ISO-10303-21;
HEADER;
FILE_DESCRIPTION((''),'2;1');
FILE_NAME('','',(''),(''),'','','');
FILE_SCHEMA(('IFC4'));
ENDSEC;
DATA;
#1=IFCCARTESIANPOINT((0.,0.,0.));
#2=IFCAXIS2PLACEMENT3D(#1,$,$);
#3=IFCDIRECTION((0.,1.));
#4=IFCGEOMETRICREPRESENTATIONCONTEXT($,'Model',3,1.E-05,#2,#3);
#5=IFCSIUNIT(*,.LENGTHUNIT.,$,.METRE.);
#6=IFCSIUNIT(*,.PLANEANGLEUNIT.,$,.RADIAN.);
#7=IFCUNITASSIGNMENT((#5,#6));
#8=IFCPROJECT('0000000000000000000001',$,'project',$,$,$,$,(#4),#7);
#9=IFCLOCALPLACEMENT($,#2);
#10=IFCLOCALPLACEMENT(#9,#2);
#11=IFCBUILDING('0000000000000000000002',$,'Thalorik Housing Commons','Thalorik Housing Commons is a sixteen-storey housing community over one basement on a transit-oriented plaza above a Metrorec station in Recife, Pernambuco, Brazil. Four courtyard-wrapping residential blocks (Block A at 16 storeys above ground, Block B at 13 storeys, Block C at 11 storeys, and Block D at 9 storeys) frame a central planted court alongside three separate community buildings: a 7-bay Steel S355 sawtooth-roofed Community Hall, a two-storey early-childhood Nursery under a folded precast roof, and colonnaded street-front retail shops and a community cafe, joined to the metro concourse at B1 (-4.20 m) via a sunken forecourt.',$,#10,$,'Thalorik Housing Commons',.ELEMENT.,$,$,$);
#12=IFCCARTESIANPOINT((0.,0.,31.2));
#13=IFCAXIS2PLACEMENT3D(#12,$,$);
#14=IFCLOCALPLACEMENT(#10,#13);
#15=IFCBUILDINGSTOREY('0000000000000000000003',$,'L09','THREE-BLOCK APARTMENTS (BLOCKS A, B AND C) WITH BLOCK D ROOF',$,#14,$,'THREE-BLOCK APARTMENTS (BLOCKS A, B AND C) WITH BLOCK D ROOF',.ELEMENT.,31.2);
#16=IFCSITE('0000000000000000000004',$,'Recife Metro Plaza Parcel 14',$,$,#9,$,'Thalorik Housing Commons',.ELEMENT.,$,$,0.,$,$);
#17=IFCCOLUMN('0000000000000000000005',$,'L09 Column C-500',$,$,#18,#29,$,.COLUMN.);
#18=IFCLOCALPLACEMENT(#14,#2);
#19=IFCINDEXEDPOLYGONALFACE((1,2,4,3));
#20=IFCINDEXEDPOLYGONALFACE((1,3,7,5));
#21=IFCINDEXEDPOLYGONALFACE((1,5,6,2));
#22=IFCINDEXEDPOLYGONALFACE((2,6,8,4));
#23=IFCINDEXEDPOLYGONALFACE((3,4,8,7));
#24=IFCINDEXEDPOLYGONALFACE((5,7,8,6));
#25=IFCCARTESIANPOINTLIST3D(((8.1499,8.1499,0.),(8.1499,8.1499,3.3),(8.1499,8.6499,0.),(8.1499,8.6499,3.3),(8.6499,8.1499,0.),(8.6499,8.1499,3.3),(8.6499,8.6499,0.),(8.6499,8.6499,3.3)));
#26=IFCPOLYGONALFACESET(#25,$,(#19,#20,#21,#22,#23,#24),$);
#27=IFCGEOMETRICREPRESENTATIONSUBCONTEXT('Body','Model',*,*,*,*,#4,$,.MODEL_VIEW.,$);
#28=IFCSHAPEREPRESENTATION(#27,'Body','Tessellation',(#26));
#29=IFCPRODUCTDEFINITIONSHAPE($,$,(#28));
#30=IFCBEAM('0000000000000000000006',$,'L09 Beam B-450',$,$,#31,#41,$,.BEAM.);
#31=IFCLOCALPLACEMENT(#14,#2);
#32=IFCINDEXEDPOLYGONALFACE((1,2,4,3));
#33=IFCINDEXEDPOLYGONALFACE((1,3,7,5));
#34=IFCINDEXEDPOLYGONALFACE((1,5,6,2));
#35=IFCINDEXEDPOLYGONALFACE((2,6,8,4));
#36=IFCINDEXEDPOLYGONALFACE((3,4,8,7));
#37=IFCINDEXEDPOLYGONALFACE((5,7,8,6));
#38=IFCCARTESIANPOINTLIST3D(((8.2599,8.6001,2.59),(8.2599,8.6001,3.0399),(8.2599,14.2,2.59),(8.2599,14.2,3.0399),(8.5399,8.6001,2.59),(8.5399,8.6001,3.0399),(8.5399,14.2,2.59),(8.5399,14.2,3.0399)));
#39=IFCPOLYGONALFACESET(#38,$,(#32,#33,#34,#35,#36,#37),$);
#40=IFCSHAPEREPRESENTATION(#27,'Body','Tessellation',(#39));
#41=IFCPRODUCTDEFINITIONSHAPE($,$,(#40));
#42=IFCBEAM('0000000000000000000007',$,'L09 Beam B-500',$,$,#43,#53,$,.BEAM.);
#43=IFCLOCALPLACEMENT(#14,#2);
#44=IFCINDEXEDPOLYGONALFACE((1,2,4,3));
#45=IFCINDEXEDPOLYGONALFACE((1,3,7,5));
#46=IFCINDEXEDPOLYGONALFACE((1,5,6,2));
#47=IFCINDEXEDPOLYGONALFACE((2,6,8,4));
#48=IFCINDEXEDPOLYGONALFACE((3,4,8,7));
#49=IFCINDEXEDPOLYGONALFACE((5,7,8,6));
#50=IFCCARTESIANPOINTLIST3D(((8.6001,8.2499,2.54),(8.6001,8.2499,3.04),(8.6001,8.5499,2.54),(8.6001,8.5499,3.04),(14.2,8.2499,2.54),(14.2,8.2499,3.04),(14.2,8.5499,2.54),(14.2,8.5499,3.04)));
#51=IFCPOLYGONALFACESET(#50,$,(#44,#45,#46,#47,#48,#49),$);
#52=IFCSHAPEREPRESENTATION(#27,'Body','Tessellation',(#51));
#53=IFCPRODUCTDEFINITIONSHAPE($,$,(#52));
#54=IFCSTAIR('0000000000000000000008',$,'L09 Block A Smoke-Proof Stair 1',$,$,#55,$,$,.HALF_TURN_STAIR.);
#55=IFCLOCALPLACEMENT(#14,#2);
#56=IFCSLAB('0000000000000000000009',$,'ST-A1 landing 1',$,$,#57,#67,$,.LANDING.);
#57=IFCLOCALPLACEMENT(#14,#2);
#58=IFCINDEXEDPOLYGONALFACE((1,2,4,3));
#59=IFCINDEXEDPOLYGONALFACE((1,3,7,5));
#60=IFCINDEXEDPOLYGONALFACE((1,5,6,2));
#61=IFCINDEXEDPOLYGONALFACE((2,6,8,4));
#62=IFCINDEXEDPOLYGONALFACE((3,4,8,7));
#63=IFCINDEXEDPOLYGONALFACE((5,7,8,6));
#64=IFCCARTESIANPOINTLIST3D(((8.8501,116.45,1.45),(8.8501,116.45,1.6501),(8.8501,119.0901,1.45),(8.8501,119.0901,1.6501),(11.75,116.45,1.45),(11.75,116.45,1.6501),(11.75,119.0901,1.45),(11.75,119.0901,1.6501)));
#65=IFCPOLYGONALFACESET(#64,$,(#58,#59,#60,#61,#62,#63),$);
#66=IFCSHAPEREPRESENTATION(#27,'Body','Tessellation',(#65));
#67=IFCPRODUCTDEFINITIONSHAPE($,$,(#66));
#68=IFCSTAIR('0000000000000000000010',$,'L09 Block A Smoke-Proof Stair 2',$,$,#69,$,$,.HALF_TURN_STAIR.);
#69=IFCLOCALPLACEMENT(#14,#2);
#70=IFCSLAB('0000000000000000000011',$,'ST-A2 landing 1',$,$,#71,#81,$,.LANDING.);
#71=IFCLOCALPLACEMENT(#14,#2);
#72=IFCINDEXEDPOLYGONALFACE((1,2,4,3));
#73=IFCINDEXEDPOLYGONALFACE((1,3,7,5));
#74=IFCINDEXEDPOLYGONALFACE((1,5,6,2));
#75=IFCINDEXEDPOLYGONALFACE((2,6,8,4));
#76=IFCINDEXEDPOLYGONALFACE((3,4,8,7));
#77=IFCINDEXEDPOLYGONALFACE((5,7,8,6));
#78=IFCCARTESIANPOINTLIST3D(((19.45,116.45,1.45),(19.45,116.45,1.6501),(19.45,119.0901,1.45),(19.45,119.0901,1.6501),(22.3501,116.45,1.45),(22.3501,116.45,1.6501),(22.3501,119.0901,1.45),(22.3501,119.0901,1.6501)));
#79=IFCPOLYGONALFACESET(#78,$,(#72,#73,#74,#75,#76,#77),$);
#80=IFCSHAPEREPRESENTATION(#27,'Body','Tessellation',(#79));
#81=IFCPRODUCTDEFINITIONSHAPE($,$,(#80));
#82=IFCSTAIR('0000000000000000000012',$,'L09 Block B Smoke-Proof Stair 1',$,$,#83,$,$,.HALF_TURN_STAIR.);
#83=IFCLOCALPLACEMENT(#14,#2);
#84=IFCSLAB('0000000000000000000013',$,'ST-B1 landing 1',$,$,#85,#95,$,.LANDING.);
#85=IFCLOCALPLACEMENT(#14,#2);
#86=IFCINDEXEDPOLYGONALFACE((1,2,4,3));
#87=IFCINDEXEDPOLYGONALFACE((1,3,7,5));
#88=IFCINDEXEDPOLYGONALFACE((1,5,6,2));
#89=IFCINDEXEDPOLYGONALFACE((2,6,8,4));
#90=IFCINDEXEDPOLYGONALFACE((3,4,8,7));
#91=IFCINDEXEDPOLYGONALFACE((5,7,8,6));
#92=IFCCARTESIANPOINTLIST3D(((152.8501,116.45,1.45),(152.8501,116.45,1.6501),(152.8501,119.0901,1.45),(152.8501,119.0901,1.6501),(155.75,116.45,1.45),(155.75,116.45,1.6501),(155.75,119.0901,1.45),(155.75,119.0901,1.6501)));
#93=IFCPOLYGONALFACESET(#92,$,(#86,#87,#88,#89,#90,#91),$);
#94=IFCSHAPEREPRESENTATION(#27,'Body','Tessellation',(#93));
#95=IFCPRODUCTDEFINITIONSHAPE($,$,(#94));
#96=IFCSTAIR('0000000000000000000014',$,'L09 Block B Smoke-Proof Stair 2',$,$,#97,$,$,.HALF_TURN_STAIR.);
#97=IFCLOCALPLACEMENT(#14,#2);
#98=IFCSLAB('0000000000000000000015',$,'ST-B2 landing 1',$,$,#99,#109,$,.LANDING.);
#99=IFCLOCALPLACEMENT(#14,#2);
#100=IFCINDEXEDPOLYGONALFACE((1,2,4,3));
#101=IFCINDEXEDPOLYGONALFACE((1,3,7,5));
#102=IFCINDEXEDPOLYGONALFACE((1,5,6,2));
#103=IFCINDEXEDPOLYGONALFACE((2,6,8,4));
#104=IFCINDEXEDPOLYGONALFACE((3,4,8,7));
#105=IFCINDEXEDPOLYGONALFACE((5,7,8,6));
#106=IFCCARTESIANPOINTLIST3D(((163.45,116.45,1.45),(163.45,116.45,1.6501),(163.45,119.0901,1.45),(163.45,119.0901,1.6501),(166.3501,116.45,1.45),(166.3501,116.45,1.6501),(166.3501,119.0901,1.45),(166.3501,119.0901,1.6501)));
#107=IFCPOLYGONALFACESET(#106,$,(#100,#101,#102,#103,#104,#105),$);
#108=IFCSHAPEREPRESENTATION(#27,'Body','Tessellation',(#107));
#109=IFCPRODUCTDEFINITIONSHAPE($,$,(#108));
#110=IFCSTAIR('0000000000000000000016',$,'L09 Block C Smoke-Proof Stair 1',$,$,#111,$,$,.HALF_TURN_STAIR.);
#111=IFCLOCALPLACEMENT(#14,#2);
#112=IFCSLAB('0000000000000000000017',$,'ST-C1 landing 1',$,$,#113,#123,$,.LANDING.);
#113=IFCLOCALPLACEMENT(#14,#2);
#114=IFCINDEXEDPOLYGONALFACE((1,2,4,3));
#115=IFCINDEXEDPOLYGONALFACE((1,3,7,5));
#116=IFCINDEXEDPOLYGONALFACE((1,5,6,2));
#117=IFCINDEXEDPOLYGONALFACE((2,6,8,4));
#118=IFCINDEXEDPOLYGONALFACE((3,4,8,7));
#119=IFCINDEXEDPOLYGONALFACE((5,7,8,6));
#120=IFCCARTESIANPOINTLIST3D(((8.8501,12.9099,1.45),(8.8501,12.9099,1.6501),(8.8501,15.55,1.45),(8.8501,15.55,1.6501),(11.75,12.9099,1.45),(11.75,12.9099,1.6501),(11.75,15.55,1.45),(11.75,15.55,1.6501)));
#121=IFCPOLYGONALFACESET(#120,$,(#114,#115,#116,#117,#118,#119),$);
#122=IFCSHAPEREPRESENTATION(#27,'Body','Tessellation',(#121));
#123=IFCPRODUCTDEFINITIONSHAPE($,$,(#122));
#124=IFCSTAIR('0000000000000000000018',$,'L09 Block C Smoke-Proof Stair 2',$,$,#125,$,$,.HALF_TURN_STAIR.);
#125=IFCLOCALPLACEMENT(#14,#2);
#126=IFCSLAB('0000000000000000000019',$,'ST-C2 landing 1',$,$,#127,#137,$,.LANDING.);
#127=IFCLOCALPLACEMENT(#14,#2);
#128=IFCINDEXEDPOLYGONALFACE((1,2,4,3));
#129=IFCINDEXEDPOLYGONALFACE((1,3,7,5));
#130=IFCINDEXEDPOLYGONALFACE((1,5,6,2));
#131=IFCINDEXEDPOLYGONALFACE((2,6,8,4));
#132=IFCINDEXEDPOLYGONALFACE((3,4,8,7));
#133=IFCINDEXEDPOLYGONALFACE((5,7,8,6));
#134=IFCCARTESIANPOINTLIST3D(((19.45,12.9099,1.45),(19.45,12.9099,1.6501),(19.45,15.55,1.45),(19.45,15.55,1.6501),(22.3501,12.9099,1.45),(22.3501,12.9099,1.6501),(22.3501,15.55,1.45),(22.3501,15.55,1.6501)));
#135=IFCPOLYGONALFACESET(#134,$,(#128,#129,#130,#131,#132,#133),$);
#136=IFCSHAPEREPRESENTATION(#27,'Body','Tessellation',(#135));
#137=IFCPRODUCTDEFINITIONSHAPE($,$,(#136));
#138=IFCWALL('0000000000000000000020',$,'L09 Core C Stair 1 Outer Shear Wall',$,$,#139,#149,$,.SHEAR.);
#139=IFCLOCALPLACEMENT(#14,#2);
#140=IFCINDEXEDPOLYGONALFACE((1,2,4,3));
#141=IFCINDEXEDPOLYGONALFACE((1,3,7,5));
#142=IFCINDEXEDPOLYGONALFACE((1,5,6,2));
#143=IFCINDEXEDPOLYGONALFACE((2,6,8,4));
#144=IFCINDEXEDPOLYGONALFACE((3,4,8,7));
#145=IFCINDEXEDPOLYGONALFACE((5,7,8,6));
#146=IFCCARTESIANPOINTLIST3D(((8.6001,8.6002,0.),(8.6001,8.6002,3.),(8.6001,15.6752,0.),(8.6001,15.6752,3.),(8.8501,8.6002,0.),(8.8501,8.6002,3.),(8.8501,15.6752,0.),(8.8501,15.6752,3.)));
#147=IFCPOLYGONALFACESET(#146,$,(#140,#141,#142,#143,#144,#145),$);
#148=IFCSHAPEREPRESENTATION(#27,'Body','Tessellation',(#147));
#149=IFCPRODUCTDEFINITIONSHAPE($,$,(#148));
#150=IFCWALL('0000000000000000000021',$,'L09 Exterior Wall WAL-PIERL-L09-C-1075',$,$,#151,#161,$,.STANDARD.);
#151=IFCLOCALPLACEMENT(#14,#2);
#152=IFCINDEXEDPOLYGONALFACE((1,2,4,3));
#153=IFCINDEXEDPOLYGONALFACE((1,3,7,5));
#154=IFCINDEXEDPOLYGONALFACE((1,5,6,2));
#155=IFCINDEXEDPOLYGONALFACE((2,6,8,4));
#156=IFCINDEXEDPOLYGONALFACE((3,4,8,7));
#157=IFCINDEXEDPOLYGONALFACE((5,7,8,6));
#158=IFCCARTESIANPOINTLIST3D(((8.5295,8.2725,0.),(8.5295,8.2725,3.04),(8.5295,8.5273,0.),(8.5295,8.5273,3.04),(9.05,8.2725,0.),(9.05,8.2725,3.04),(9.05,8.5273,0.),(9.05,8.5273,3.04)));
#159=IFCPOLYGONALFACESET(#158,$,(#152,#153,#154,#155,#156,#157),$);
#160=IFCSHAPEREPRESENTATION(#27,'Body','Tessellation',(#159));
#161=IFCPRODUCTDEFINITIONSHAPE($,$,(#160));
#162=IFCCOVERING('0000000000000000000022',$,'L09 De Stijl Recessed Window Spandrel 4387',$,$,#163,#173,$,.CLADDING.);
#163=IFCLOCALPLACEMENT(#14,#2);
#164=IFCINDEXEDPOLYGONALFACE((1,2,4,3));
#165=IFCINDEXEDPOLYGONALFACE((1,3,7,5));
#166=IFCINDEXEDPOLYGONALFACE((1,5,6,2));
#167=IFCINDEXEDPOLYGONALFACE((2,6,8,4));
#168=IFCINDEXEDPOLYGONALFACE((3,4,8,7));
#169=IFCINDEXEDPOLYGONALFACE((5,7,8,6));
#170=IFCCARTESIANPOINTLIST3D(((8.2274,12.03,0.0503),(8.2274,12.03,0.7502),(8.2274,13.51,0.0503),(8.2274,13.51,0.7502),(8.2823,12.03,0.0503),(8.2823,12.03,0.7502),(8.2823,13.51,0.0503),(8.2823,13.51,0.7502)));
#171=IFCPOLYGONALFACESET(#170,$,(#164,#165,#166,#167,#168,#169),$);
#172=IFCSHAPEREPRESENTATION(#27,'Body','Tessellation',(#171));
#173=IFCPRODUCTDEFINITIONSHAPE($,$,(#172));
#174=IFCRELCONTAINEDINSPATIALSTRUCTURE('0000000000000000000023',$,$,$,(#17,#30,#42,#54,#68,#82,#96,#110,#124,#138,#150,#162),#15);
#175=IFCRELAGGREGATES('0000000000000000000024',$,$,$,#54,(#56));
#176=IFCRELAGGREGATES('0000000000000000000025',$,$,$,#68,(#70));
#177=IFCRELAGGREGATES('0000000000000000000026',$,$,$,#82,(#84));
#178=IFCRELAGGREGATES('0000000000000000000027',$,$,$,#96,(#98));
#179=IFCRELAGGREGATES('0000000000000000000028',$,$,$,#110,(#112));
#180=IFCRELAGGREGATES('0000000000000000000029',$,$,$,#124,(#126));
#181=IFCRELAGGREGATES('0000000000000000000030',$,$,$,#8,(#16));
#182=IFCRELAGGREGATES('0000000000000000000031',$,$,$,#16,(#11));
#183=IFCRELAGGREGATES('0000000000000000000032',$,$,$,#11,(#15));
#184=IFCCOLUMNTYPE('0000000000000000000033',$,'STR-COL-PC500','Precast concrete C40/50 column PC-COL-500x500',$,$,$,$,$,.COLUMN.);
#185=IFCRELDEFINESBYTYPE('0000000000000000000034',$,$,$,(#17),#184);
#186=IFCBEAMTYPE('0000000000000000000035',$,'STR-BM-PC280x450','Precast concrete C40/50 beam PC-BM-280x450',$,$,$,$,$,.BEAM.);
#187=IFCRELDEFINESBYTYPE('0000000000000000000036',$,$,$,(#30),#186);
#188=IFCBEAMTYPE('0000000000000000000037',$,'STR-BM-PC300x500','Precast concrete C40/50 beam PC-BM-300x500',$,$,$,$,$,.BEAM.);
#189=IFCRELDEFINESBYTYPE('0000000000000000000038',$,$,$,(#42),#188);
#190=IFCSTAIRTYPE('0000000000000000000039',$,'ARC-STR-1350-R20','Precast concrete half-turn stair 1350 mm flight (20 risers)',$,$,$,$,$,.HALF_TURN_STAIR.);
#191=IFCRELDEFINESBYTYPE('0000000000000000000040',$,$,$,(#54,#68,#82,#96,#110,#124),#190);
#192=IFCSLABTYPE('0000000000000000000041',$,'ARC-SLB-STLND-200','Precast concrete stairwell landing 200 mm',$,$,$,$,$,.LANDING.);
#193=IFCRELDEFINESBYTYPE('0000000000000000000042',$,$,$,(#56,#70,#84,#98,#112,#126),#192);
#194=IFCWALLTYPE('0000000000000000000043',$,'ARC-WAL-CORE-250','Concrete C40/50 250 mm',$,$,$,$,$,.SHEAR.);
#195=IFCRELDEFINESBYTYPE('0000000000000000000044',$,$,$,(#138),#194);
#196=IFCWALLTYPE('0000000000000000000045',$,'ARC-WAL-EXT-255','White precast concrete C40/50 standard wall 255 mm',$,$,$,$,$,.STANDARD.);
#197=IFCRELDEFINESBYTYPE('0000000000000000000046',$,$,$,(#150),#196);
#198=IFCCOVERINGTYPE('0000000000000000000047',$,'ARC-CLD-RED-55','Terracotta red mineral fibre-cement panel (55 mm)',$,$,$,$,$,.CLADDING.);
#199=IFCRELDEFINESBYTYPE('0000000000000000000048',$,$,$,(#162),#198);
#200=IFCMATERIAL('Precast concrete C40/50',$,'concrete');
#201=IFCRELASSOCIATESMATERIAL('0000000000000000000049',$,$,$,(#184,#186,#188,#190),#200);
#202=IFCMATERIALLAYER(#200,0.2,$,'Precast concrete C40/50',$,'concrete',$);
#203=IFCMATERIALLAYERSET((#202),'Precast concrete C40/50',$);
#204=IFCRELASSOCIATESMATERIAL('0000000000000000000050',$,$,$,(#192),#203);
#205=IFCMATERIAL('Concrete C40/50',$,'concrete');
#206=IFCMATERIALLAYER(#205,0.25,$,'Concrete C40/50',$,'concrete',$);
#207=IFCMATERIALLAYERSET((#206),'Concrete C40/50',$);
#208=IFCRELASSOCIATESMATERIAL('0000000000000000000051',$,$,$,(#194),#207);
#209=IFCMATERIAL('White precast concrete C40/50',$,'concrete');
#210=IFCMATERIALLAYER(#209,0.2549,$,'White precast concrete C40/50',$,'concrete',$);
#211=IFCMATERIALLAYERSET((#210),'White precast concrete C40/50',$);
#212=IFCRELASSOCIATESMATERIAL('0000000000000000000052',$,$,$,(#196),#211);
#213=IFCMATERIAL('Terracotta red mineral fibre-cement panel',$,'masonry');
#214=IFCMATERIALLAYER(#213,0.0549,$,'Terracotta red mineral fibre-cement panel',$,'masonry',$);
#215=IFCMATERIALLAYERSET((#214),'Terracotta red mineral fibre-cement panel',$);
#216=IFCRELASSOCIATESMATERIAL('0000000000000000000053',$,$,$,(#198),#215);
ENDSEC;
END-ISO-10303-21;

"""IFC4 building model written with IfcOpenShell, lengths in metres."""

from ifc_helpers import new_model, si_unit, direction, frame, frame_2d, origin, origin_2d, place, context, subcontext, project, spatial, polyline, rectangle, outline, extrude, material, layer, layer_set, material_profile, profile_set, type_object, element, aggregate, save


model = new_model("IFC4")

# Units and contexts
model_context = context("Model", 3, precision=1e-05, world=origin(), true_north=direction((0.0, 1.0)))
body_context = subcontext(model_context, "Body", "Model", "MODEL_VIEW")
ifc_project = project(units=[si_unit("LENGTHUNIT", "METRE"), si_unit("PLANEANGLEUNIT", "RADIAN")], contexts=[model_context])

# Site, building, storey
site_placement = place(None, origin())
site = spatial("IfcSite", under=ifc_project, at=site_placement, Name="Recife Metro Plaza Parcel 14", LongName="Thalorik Housing Commons", CompositionType="ELEMENT", RefElevation=0.0)
building_placement = place(site_placement, origin())
building = spatial("IfcBuilding", under=site, at=building_placement, Name="Thalorik Housing Commons", Description="Thalorik Housing Commons is a sixteen-storey housing community over one basement on a transit-oriented plaza above a Metrorec station in Recife, Pernambuco, Brazil. Four courtyard-wrapping residential blocks (Block A at 16 storeys above ground, Block B at 13 storeys, Block C at 11 storeys, and Block D at 9 storeys) frame a central planted court alongside three separate community buildings: a 7-bay Steel S355 sawtooth-roofed Community Hall, a two-storey early-childhood Nursery under a folded precast roof, and colonnaded street-front retail shops and a community cafe, joined to the metro concourse at B1 (-4.20 m) via a sunken forecourt.", LongName="Thalorik Housing Commons", CompositionType="ELEMENT")
storey_placement = place(building_placement, frame((0.0, 0.0, 31.2)))
storey = spatial("IfcBuildingStorey", under=building, at=storey_placement, Name="L09", Description="THREE-BLOCK APARTMENTS (BLOCKS A, B AND C) WITH BLOCK D ROOF", LongName="THREE-BLOCK APARTMENTS (BLOCKS A, B AND C) WITH BLOCK D ROOF", CompositionType="ELEMENT", Elevation=31.2)

# Column
ifc_material_1 = material(Name="Precast concrete C40/50", Category="concrete")
ifc_material_profile_1 = material_profile(ifc_material_1, rectangle(XDim=0.5, YDim=0.5, at=origin_2d()), Name="PC 500x500", Category="concrete")
ifc_profile_set_1 = profile_set([ifc_material_profile_1], Name="Precast concrete C40/50")
column_type = type_object("IfcColumnType", Name="STR-COL-PC500", Description="Precast concrete C40/50 column PC-COL-500x500", PredefinedType="COLUMN", material=ifc_profile_set_1)
column_placement = place(storey_placement, frame((8.3999, 8.3999, 0.0), z_axis=(0.0, 0.0, 1.0), x_axis=(1.0, 0.0, 0.0)))
element("IfcColumn", 1, at=column_placement, inside=storey, type_object=column_type, Name="L09 Column C-500", PredefinedType="COLUMN", context=body_context, shape_type="SweptSolid", body=[
    extrude(rectangle(XDim=0.5, YDim=0.5, at=origin_2d()), origin(), (0.0, 0.0, 1.0), 3.3),
])

# Beams
ifc_material_profile_2 = material_profile(ifc_material_1, rectangle(XDim=0.28, YDim=0.45, at=origin_2d()), Name="PC 280x450", Category="concrete")
ifc_profile_set_2 = profile_set([ifc_material_profile_2], Name="Precast concrete C40/50")
beam_type_1 = type_object("IfcBeamType", Name="STR-BM-PC280x450", Description="Precast concrete C40/50 beam PC-BM-280x450", PredefinedType="BEAM", material=ifc_profile_set_2)
beam_1_placement = place(storey_placement, frame((8.3999, 8.6001, 2.8149), z_axis=(0.0, 1.0, 0.0), x_axis=(-1.0, 0.0, 0.0)))
element("IfcBeam", 2, at=beam_1_placement, inside=storey, type_object=beam_type_1, Name="L09 Beam B-450", PredefinedType="BEAM", context=body_context, shape_type="SweptSolid", body=[
    extrude(rectangle(XDim=0.28, YDim=0.45, at=origin_2d()), origin(), (0.0, 0.0, 1.0), 5.5999),
])
ifc_material_profile_3 = material_profile(ifc_material_1, rectangle(XDim=0.3, YDim=0.5, at=origin_2d()), Name="PC 300x500", Category="concrete")
ifc_profile_set_3 = profile_set([ifc_material_profile_3], Name="Precast concrete C40/50")
beam_type_2 = type_object("IfcBeamType", Name="STR-BM-PC300x500", Description="Precast concrete C40/50 beam PC-BM-300x500", PredefinedType="BEAM", material=ifc_profile_set_3)
beam_2_placement = place(storey_placement, frame((8.6001, 8.3999, 2.79), z_axis=(1.0, 0.0, 0.0), x_axis=(0.0, 1.0, 0.0)))
element("IfcBeam", 3, at=beam_2_placement, inside=storey, type_object=beam_type_2, Name="L09 Beam B-500", PredefinedType="BEAM", context=body_context, shape_type="SweptSolid", body=[
    extrude(rectangle(XDim=0.3, YDim=0.5, at=origin_2d()), origin(), (0.0, 0.0, 1.0), 5.5999),
])

# Stairs, slabs
stair_type = type_object("IfcStairType", Name="ARC-STR-1350-R20", Description="Precast concrete half-turn stair 1350 mm flight (20 risers)", PredefinedType="HALF_TURN_STAIR", material=ifc_material_1)
stair_1_placement = place(storey_placement, origin())
stair_1 = element("IfcStair", 4, at=stair_1_placement, inside=storey, type_object=stair_type, Name="L09 Block A Smoke-Proof Stair 1", PredefinedType="HALF_TURN_STAIR")
ifc_layer_1 = layer(ifc_material_1, 0.2, Name="Precast concrete C40/50", Category="concrete")
ifc_layer_set_1 = layer_set([ifc_layer_1], Name="Precast concrete C40/50")
slab_type = type_object("IfcSlabType", Name="ARC-SLB-STLND-200", Description="Precast concrete stairwell landing 200 mm", PredefinedType="LANDING", material=ifc_layer_set_1)
slab_1_placement = place(storey_placement, frame((0.0, 0.0, 1.45)))
slab_1 = element("IfcSlab", 5, at=slab_1_placement, type_object=slab_type, Name="ST-A1 landing 1", PredefinedType="LANDING", context=body_context, shape_type="SweptSolid", body=[
    extrude(outline(polyline([(8.8501, 119.0901), (8.8501, 116.45), (11.75, 116.45), (11.75, 119.0901), (8.8501, 119.0901)])), origin(), (0.0, 0.0, 1.0), 0.2002),
])
aggregate(stair_1, [slab_1])
stair_2_placement = place(storey_placement, origin())
stair_2 = element("IfcStair", 6, at=stair_2_placement, inside=storey, type_object=stair_type, Name="L09 Block A Smoke-Proof Stair 2", PredefinedType="HALF_TURN_STAIR")
slab_2_placement = place(storey_placement, frame((0.0, 0.0, 1.45)))
slab_2 = element("IfcSlab", 7, at=slab_2_placement, type_object=slab_type, Name="ST-A2 landing 1", PredefinedType="LANDING", context=body_context, shape_type="SweptSolid", body=[
    extrude(outline(polyline([(19.45, 119.0901), (19.45, 116.45), (22.3501, 116.45), (22.3501, 119.0901), (19.45, 119.0901)])), origin(), (0.0, 0.0, 1.0), 0.2002),
])
aggregate(stair_2, [slab_2])
stair_3_placement = place(storey_placement, origin())
stair_3 = element("IfcStair", 8, at=stair_3_placement, inside=storey, type_object=stair_type, Name="L09 Block B Smoke-Proof Stair 1", PredefinedType="HALF_TURN_STAIR")
slab_3_placement = place(storey_placement, frame((0.0, 0.0, 1.45)))
slab_3 = element("IfcSlab", 9, at=slab_3_placement, type_object=slab_type, Name="ST-B1 landing 1", PredefinedType="LANDING", context=body_context, shape_type="SweptSolid", body=[
    extrude(outline(polyline([(152.8501, 119.0901), (152.8501, 116.45), (155.75, 116.45), (155.75, 119.0901), (152.8501, 119.0901)])), origin(), (0.0, 0.0, 1.0), 0.2002),
])
aggregate(stair_3, [slab_3])
stair_4_placement = place(storey_placement, origin())
stair_4 = element("IfcStair", 10, at=stair_4_placement, inside=storey, type_object=stair_type, Name="L09 Block B Smoke-Proof Stair 2", PredefinedType="HALF_TURN_STAIR")
slab_4_placement = place(storey_placement, frame((0.0, 0.0, 1.45)))
slab_4 = element("IfcSlab", 11, at=slab_4_placement, type_object=slab_type, Name="ST-B2 landing 1", PredefinedType="LANDING", context=body_context, shape_type="SweptSolid", body=[
    extrude(outline(polyline([(163.45, 119.0901), (163.45, 116.45), (166.3501, 116.45), (166.3501, 119.0901), (163.45, 119.0901)])), origin(), (0.0, 0.0, 1.0), 0.2002),
])
aggregate(stair_4, [slab_4])
stair_5_placement = place(storey_placement, origin())
stair_5 = element("IfcStair", 12, at=stair_5_placement, inside=storey, type_object=stair_type, Name="L09 Block C Smoke-Proof Stair 1", PredefinedType="HALF_TURN_STAIR")
slab_5_placement = place(storey_placement, frame((0.0, 0.0, 1.45)))
slab_5 = element("IfcSlab", 13, at=slab_5_placement, type_object=slab_type, Name="ST-C1 landing 1", PredefinedType="LANDING", context=body_context, shape_type="SweptSolid", body=[
    extrude(outline(polyline([(11.75, 12.9099), (11.75, 15.55), (8.8501, 15.55), (8.8501, 12.9099), (11.75, 12.9099)])), origin(), (0.0, 0.0, 1.0), 0.2002),
])
aggregate(stair_5, [slab_5])
stair_6_placement = place(storey_placement, origin())
stair_6 = element("IfcStair", 14, at=stair_6_placement, inside=storey, type_object=stair_type, Name="L09 Block C Smoke-Proof Stair 2", PredefinedType="HALF_TURN_STAIR")
slab_6_placement = place(storey_placement, frame((0.0, 0.0, 1.45)))
slab_6 = element("IfcSlab", 15, at=slab_6_placement, type_object=slab_type, Name="ST-C2 landing 1", PredefinedType="LANDING", context=body_context, shape_type="SweptSolid", body=[
    extrude(outline(polyline([(22.3501, 12.9099), (22.3501, 15.55), (19.45, 15.55), (19.45, 12.9099), (22.3501, 12.9099)])), origin(), (0.0, 0.0, 1.0), 0.2002),
])
aggregate(stair_6, [slab_6])

# Walls
ifc_material_2 = material(Name="Concrete C40/50", Category="concrete")
ifc_layer_2 = layer(ifc_material_2, 0.25, Name="Concrete C40/50", Category="concrete")
ifc_layer_set_2 = layer_set([ifc_layer_2], Name="Concrete C40/50")
wall_type_1 = type_object("IfcWallType", Name="ARC-WAL-CORE-250", Description="Concrete C40/50 250 mm", PredefinedType="SHEAR", material=ifc_layer_set_2)
wall_1_placement = place(storey_placement, frame((8.7251, 8.6001, 0.0), z_axis=(0.0, 0.0, 1.0), x_axis=(0.0, 1.0, 0.0)))
element("IfcWall", 16, at=wall_1_placement, inside=storey, type_object=wall_type_1, Name="L09 Core C Stair 1 Outer Shear Wall", PredefinedType="SHEAR", context=body_context, shape_type="SweptSolid", body=[
    extrude(rectangle(XDim=7.075, YDim=0.25, at=frame_2d((3.5376, 0.0))), origin(), (0.0, 0.0, 1.0), 3.0),
])
ifc_material_3 = material(Name="White precast concrete C40/50", Category="concrete")
ifc_layer_3 = layer(ifc_material_3, 0.2549, Name="White precast concrete C40/50", Category="concrete")
ifc_layer_set_3 = layer_set([ifc_layer_3], Name="White precast concrete C40/50")
wall_type_2 = type_object("IfcWallType", Name="ARC-WAL-EXT-255", Description="White precast concrete C40/50 standard wall 255 mm", PredefinedType="STANDARD", material=ifc_layer_set_3)
wall_2_placement = place(storey_placement, frame((8.5295, 8.3999, 0.0), z_axis=(0.0, 0.0, 1.0), x_axis=(1.0, 0.0, 0.0)))
element("IfcWall", 17, at=wall_2_placement, inside=storey, type_object=wall_type_2, Name="L09 Exterior Wall WAL-PIERL-L09-C-1075", PredefinedType="STANDARD", context=body_context, shape_type="SweptSolid", body=[
    extrude(rectangle(XDim=0.5205, YDim=0.2549, at=frame_2d((0.2603, 0.0))), origin(), (0.0, 0.0, 1.0), 3.04),
])

# Covering
ifc_material_4 = material(Name="Terracotta red mineral fibre-cement panel", Category="masonry")
ifc_layer_4 = layer(ifc_material_4, 0.0549, Name="Terracotta red mineral fibre-cement panel", Category="masonry")
ifc_layer_set_4 = layer_set([ifc_layer_4], Name="Terracotta red mineral fibre-cement panel")
covering_type_1 = type_object("IfcCoveringType", Name="ARC-CLD-RED-55", Description="Terracotta red mineral fibre-cement panel (55 mm)", PredefinedType="CLADDING", material=ifc_layer_set_4)
covering_1_placement = place(storey_placement, frame((8.2549, 12.77, 0.0503), z_axis=(0.0, 0.0, 1.0), x_axis=(0.0, -1.0, 0.0)))
element("IfcCovering", 18, at=covering_1_placement, inside=storey, type_object=covering_type_1, Name="L09 De Stijl Recessed Window Spandrel 4387", PredefinedType="CLADDING", context=body_context, shape_type="SweptSolid", body=[
    extrude(rectangle(XDim=1.48, YDim=0.0549, at=origin_2d()), origin(), (0.0, 0.0, 1.0), 0.7),
])

save(model, "model.ifc")
